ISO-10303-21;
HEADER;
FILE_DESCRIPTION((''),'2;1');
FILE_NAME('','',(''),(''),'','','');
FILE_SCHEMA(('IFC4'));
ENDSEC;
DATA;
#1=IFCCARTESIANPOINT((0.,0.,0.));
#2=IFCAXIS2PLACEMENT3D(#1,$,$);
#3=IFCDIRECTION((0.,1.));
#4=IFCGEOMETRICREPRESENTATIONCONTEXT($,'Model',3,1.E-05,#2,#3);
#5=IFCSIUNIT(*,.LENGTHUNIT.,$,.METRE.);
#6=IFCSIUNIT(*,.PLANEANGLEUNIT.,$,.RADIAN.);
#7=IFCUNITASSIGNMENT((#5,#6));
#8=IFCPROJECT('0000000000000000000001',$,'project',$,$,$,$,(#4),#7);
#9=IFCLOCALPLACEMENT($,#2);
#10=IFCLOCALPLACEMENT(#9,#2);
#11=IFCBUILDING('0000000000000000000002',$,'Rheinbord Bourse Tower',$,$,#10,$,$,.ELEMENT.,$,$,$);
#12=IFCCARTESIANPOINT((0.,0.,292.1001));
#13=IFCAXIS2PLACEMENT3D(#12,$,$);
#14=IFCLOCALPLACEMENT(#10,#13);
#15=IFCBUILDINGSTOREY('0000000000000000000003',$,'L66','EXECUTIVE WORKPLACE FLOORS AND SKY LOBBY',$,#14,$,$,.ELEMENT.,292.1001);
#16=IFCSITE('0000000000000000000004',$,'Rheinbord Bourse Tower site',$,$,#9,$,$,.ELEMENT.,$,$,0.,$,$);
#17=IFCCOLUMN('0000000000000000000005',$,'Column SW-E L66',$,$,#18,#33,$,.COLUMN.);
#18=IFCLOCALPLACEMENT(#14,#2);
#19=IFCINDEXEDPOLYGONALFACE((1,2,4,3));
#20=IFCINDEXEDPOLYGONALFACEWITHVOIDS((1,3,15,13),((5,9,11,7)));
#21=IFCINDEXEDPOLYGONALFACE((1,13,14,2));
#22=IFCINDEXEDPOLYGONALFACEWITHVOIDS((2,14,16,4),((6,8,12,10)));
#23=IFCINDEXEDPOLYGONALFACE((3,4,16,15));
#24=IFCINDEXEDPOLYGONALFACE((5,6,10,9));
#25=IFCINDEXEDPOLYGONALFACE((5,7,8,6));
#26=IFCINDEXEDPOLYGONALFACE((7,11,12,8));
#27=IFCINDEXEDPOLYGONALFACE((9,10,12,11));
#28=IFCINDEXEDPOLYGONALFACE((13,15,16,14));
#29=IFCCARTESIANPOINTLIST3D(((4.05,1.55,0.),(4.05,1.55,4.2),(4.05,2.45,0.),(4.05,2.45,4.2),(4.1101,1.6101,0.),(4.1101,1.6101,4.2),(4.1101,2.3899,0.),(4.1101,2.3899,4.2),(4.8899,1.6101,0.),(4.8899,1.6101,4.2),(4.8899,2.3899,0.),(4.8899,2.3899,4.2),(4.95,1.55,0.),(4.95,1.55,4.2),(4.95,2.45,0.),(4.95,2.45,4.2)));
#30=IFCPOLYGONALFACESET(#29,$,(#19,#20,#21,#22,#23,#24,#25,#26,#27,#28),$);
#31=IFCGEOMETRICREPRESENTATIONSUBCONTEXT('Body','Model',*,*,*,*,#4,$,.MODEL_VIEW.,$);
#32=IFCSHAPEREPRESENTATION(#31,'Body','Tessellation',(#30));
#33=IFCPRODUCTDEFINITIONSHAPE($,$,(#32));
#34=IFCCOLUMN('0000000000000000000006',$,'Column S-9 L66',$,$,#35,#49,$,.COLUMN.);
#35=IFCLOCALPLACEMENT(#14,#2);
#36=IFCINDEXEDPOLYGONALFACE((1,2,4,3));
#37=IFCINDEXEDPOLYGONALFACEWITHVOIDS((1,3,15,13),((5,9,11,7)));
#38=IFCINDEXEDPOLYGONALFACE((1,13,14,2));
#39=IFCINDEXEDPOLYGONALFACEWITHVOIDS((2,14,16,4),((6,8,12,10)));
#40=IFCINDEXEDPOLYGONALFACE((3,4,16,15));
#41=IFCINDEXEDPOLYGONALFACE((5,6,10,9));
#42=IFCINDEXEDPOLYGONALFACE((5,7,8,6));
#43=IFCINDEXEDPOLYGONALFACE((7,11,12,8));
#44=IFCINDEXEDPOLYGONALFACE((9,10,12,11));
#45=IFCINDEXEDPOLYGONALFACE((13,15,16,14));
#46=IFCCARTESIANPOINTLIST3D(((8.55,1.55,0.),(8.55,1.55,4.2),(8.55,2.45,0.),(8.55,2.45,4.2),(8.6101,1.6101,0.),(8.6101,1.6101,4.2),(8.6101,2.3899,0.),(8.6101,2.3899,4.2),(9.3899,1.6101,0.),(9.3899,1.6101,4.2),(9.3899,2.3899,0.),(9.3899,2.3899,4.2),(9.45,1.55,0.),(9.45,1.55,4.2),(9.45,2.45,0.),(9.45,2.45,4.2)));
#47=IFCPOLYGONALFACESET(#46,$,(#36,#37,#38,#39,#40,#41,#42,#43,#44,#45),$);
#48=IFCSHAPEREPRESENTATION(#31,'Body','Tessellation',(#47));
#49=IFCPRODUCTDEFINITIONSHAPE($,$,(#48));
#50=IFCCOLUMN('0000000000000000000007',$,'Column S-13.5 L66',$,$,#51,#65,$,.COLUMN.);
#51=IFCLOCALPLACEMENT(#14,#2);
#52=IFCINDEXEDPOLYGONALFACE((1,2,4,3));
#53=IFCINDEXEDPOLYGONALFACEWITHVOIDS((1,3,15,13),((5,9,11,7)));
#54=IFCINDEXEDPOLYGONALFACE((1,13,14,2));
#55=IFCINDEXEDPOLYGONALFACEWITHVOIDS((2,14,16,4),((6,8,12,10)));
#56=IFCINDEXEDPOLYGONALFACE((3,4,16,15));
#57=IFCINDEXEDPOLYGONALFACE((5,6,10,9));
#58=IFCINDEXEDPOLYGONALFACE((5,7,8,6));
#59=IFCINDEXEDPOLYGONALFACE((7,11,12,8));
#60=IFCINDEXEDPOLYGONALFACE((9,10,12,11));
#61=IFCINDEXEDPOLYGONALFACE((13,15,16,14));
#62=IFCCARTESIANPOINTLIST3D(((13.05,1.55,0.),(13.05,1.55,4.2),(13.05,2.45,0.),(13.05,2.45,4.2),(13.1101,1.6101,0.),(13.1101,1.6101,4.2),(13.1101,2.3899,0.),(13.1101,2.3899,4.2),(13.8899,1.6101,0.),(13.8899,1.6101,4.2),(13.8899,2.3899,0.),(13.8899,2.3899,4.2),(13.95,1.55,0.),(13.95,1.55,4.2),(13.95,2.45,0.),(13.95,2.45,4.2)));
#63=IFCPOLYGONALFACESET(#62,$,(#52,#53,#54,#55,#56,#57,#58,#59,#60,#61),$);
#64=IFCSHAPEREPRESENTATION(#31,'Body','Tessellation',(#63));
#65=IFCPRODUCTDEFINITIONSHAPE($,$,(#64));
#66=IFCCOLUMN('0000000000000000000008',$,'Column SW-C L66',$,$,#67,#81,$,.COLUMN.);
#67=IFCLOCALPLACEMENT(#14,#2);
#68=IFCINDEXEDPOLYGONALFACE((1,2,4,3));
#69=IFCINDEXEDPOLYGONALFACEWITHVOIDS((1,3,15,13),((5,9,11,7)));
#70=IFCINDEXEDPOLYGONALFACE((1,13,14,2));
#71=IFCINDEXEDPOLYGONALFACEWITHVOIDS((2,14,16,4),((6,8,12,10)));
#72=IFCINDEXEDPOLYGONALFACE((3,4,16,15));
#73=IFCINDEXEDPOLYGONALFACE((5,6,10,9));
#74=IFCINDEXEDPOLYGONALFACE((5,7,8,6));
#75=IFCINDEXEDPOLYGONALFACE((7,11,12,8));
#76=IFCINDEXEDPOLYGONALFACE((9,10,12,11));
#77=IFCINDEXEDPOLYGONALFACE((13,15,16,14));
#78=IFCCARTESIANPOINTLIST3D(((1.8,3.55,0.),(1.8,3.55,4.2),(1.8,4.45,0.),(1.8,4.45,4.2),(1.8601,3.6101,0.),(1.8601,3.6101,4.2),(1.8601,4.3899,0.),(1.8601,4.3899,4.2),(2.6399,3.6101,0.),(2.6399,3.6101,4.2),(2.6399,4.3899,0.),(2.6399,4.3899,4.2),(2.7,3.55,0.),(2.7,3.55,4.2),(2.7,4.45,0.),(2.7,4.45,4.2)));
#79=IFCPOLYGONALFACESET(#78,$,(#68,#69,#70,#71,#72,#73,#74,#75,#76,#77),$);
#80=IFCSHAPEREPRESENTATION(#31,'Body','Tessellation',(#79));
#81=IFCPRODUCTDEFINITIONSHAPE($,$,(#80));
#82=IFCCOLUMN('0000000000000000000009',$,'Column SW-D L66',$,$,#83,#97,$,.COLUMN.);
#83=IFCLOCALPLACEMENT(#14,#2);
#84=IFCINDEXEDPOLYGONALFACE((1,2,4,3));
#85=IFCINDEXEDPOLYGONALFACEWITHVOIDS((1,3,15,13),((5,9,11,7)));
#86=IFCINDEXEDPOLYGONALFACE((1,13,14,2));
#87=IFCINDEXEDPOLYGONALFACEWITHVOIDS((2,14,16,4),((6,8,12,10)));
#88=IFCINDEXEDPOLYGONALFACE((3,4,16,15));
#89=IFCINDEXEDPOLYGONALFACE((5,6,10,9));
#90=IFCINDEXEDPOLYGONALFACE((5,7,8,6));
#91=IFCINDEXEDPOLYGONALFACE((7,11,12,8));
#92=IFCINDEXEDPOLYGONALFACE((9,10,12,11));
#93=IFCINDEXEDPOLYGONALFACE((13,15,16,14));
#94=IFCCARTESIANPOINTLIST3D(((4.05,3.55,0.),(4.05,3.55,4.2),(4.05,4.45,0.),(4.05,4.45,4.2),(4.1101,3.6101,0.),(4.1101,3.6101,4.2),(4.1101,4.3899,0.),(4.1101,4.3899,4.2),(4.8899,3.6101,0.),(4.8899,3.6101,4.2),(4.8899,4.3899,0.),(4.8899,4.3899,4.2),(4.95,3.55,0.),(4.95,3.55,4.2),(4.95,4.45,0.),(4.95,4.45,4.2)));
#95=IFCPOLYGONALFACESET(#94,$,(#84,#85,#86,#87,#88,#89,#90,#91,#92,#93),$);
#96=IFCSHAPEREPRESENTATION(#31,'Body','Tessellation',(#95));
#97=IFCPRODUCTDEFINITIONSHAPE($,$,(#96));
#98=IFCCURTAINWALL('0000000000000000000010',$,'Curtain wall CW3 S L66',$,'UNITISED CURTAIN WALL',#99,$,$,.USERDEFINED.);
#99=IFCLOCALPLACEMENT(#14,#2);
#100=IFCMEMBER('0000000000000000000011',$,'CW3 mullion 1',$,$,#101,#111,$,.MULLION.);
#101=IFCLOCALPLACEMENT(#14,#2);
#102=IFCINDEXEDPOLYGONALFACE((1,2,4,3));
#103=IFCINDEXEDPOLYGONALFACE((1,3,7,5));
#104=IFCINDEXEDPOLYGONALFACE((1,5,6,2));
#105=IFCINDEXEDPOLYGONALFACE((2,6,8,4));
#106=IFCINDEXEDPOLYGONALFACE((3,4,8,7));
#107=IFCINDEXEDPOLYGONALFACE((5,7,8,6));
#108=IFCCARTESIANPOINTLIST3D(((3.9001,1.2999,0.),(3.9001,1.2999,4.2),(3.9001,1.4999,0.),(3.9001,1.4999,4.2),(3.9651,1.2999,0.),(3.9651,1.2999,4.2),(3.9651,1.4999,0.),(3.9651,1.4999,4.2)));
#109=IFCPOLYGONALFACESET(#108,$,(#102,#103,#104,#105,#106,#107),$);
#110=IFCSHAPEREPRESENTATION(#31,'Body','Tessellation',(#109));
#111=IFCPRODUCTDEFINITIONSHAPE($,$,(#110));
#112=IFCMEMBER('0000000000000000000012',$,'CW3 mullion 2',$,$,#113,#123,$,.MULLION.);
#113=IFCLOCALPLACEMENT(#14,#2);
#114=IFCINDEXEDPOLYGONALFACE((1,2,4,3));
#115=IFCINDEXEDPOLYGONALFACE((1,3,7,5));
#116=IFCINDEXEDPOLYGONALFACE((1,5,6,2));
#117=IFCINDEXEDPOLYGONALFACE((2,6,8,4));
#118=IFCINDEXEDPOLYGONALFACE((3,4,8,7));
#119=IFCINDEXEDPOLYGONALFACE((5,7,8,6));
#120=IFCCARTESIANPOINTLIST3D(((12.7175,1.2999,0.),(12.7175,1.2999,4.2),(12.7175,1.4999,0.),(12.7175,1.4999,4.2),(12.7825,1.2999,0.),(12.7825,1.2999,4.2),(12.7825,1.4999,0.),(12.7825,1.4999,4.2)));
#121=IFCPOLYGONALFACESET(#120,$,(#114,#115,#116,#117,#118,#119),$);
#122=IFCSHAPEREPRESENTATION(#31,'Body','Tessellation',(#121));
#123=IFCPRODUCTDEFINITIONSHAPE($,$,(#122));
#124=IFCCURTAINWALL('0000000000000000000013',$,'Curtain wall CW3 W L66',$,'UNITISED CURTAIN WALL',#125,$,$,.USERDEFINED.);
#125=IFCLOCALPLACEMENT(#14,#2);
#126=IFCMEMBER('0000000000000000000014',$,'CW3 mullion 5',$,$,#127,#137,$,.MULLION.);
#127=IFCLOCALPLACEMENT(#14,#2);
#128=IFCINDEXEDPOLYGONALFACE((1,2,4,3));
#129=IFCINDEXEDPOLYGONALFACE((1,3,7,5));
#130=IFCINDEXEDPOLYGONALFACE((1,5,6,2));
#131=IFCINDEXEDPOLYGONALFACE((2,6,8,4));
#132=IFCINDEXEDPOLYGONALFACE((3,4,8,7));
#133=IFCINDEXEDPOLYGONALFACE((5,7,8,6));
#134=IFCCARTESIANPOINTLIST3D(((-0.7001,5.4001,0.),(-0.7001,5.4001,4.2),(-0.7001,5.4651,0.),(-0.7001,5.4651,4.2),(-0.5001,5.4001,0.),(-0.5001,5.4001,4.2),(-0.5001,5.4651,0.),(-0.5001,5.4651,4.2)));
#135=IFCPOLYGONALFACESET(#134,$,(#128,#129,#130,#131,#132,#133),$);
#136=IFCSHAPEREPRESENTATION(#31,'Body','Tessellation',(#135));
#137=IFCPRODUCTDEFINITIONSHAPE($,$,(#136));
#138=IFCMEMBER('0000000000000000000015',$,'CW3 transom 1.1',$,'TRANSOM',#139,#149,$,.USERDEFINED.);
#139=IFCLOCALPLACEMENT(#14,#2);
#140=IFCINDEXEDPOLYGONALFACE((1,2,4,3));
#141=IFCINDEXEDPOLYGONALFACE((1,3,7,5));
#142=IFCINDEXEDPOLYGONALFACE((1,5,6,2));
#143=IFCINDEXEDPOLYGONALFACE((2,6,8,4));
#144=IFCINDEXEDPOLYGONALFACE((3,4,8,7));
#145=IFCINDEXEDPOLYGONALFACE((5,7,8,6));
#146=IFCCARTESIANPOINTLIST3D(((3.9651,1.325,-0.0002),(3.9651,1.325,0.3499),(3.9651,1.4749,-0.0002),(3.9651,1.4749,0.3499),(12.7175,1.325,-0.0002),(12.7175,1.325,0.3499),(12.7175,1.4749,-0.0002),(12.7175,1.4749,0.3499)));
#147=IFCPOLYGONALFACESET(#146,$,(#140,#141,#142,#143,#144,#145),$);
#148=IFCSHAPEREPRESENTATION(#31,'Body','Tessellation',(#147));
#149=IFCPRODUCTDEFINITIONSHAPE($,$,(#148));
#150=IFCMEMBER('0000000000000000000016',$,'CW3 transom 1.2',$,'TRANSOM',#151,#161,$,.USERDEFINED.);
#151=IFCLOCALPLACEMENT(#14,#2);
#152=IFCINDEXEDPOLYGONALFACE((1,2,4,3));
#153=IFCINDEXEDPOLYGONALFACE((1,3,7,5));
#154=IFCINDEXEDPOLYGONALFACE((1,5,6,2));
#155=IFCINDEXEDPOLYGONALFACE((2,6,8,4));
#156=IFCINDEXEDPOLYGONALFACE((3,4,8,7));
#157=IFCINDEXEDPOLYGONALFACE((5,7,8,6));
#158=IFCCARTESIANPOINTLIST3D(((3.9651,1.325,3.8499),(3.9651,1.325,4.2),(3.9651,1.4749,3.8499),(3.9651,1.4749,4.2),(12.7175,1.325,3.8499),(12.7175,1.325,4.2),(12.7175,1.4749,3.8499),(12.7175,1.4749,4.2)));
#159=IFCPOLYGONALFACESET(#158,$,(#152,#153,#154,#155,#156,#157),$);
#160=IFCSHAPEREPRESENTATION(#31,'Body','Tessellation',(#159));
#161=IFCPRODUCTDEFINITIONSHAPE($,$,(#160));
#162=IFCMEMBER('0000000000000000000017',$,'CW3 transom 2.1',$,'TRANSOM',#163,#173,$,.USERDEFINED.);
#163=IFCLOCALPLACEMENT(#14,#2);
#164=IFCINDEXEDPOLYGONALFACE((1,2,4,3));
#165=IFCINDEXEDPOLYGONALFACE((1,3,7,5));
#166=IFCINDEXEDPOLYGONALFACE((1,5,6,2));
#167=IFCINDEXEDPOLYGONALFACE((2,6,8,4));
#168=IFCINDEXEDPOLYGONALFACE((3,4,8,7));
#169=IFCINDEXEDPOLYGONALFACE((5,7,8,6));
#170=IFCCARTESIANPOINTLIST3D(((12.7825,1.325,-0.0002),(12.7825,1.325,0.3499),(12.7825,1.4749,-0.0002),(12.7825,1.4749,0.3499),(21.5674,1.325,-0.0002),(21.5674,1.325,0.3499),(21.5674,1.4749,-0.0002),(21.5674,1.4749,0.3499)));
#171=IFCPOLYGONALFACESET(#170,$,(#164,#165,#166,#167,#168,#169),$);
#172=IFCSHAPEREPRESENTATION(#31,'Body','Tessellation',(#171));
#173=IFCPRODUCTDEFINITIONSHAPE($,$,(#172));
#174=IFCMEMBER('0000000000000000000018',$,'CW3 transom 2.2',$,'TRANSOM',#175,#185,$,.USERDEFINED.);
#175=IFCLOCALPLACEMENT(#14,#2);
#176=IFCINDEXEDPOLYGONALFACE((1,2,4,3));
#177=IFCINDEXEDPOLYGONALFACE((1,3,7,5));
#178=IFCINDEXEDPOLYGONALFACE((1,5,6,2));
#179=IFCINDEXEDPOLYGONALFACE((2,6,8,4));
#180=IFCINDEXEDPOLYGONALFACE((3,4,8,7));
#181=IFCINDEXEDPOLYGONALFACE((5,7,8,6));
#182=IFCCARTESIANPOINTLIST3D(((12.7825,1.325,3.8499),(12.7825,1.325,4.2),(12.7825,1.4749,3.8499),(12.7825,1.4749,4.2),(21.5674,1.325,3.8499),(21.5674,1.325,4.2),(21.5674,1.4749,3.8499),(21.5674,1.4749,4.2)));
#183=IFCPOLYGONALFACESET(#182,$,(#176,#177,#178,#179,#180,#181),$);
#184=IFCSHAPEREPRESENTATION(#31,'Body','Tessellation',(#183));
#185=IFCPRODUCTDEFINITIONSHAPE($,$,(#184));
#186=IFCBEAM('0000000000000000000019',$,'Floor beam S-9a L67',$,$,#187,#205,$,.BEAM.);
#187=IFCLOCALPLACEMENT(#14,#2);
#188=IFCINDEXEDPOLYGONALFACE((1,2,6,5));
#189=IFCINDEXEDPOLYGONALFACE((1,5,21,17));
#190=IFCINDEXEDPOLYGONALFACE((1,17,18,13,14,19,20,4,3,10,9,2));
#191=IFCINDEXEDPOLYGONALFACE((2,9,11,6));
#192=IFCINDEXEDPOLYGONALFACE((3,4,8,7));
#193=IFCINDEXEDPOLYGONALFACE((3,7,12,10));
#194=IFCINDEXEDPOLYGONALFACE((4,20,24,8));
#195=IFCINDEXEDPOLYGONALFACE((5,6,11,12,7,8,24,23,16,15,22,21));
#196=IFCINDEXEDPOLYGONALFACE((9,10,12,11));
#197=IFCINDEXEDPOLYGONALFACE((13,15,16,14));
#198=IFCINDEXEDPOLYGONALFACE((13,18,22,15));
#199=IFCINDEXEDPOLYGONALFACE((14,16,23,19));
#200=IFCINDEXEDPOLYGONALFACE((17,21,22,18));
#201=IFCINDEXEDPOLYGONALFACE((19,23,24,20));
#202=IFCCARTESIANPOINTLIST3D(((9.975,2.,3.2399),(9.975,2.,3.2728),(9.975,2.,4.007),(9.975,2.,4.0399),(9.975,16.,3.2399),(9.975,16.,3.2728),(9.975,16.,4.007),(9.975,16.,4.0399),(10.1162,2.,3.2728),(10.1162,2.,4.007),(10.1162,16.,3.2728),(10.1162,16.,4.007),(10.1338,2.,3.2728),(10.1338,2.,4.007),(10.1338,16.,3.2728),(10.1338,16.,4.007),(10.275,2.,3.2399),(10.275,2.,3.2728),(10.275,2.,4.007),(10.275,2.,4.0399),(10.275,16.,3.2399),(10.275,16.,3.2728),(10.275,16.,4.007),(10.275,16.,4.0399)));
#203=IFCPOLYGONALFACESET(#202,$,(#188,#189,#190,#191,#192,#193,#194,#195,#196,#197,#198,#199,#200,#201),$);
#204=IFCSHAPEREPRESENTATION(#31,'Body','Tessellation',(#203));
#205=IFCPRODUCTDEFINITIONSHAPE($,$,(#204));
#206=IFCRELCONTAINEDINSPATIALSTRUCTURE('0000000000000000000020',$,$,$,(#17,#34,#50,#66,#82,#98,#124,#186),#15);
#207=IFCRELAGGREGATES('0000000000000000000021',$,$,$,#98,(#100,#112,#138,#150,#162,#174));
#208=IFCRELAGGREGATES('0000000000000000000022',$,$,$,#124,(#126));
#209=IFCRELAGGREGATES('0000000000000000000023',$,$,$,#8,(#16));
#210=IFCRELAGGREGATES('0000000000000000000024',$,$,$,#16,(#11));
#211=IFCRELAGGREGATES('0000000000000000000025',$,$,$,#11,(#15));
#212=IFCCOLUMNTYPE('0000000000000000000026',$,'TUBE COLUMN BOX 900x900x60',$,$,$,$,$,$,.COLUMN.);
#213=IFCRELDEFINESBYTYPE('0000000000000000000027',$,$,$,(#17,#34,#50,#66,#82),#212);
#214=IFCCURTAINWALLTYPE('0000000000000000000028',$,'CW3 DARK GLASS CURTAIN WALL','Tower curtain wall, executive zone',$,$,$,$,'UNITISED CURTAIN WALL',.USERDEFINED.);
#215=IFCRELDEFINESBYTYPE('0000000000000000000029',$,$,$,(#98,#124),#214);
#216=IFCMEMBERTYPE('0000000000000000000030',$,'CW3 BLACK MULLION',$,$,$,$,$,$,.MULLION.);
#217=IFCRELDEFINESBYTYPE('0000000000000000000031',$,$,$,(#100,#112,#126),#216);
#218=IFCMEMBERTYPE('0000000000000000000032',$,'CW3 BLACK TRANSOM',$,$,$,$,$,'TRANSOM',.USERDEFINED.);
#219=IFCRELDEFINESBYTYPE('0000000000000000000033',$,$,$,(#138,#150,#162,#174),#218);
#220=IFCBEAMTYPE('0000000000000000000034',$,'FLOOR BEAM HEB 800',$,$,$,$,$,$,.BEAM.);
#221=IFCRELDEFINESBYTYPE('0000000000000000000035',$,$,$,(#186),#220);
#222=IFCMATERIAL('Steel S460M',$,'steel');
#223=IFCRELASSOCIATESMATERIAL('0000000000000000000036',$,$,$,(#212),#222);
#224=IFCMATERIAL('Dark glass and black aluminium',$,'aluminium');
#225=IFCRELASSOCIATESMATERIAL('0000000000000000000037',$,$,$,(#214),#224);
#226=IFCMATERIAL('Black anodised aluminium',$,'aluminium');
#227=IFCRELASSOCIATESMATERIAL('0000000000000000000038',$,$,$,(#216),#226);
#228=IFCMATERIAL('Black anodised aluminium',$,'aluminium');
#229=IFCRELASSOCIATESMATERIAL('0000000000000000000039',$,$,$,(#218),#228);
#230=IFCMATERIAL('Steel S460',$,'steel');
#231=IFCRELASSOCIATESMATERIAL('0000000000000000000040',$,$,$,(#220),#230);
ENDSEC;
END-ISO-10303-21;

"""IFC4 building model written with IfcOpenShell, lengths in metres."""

from ifc_helpers import new_model, si_unit, direction, frame, origin, origin_2d, place, context, subcontext, project, spatial, rectangle, hollow_rectangle, i_section, extrude, material, material_profile, profile_set, type_object, element, aggregate, save


model = new_model("IFC4")

# Units and contexts
model_context = context("Model", 3, precision=1e-05, world=origin(), true_north=direction((0.0, 1.0)))
body_context = subcontext(model_context, "Body", "Model", "MODEL_VIEW")
ifc_project = project(units=[si_unit("LENGTHUNIT", "METRE"), si_unit("PLANEANGLEUNIT", "RADIAN")], contexts=[model_context])

# Site, building, storey
site_placement = place(None, origin())
site = spatial("IfcSite", under=ifc_project, at=site_placement, Name="Rheinbord Bourse Tower site", CompositionType="ELEMENT", RefElevation=0.0)
building_placement = place(site_placement, origin())
building = spatial("IfcBuilding", under=site, at=building_placement, Name="Rheinbord Bourse Tower", CompositionType="ELEMENT")
storey_placement = place(building_placement, frame((0.0, 0.0, 292.1001)))
storey = spatial("IfcBuildingStorey", under=building, at=storey_placement, Name="L66", Description="EXECUTIVE WORKPLACE FLOORS AND SKY LOBBY", CompositionType="ELEMENT", Elevation=292.1001)

# Columns
ifc_material_1 = material(Name="Steel S460M", Category="steel")
ifc_material_profile_1 = material_profile(ifc_material_1, hollow_rectangle(XDim=0.8999, YDim=0.8999, WallThickness=0.0601, at=origin_2d()), Name="BOX 900x900x60")
ifc_profile_set_1 = profile_set([ifc_material_profile_1], Name="Steel S460M")
column_type = type_object("IfcColumnType", Name="TUBE COLUMN BOX 900x900x60", PredefinedType="COLUMN", material=ifc_profile_set_1)
for number, where, z_axis, x_axis, name in (
    (1, (4.5, 2.0, 0.0), (0.0, 0.0, 1.0), (0.0, 1.0, 0.0), "Column SW-E L66"),
    (2, (9.0, 2.0, 0.0), (0.0, 0.0, 1.0), (0.0, 1.0, 0.0), "Column S-9 L66"),
    (3, (13.5, 2.0, 0.0), (0.0, 0.0, 1.0), (0.0, 1.0, 0.0), "Column S-13.5 L66"),
    (4, (2.25, 4.0, 0.0), (0.0, 0.0, 1.0), (1.0, 0.0, 0.0), "Column SW-C L66"),
    (5, (4.5, 4.0, 0.0), (0.0, 0.0, 1.0), (0.0, 1.0, 0.0), "Column SW-D L66"),
):
    element("IfcColumn", number, at=place(storey_placement, frame(where, z_axis=z_axis, x_axis=x_axis)), inside=storey, type_object=column_type, Name=name, PredefinedType="COLUMN", context=body_context, shape_type="SweptSolid", body=[
        extrude(hollow_rectangle(XDim=0.8999, YDim=0.8999, WallThickness=0.0601, at=origin_2d()), origin(), (0.0, 0.0, 1.0), 4.2),
    ])

# Curtain wall, members
ifc_material_2 = material(Name="Dark glass and black aluminium", Category="aluminium")
curtain_wall_type = type_object("IfcCurtainWallType", Name="CW3 DARK GLASS CURTAIN WALL", Description="Tower curtain wall, executive zone", ElementType="UNITISED CURTAIN WALL", PredefinedType="USERDEFINED", material=ifc_material_2)
curtain_wall_1_placement = place(storey_placement, origin())
curtain_wall_1 = element("IfcCurtainWall", 6, at=curtain_wall_1_placement, inside=storey, type_object=curtain_wall_type, Name="Curtain wall CW3 S L66", ObjectType="UNITISED CURTAIN WALL", PredefinedType="USERDEFINED")
ifc_material_3 = material(Name="Black anodised aluminium", Category="aluminium")
ifc_material_profile_2 = material_profile(ifc_material_3, rectangle(XDim=0.2, YDim=0.0649, at=origin_2d()), Name="CW3 MULLION 65x200")
ifc_profile_set_2 = profile_set([ifc_material_profile_2], Name="Black anodised aluminium")
member_type_1 = type_object("IfcMemberType", Name="CW3 BLACK MULLION", PredefinedType="MULLION", material=ifc_profile_set_2)
member_1_placement = place(storey_placement, frame((3.9326, 1.3999, 0.0), z_axis=(0.0, 0.0, 1.0), x_axis=(0.0, 1.0, 0.0)))
member_1 = element("IfcMember", 7, at=member_1_placement, type_object=member_type_1, Name="CW3 mullion 1", PredefinedType="MULLION", context=body_context, shape_type="SweptSolid", body=[
    extrude(rectangle(XDim=0.2, YDim=0.0649, at=origin_2d()), origin(), (0.0, 0.0, 1.0), 4.2),
])
member_2_placement = place(storey_placement, frame((12.75, 1.3999, 0.0), z_axis=(0.0, 0.0, 1.0), x_axis=(0.0, 1.0, 0.0)))
member_2 = element("IfcMember", 8, at=member_2_placement, type_object=member_type_1, Name="CW3 mullion 2", PredefinedType="MULLION", context=body_context, shape_type="SweptSolid", body=[
    extrude(rectangle(XDim=0.2, YDim=0.0649, at=origin_2d()), origin(), (0.0, 0.0, 1.0), 4.2),
])

# Curtain wall, member
curtain_wall_2_placement = place(storey_placement, origin())
curtain_wall_2 = element("IfcCurtainWall", 9, at=curtain_wall_2_placement, inside=storey, type_object=curtain_wall_type, Name="Curtain wall CW3 W L66", ObjectType="UNITISED CURTAIN WALL", PredefinedType="USERDEFINED")
member_3_placement = place(storey_placement, frame((-0.6001, 5.4326, 0.0), z_axis=(0.0, 0.0, 1.0), x_axis=(1.0, 0.0, 0.0)))
member_3 = element("IfcMember", 10, at=member_3_placement, type_object=member_type_1, Name="CW3 mullion 5", PredefinedType="MULLION", context=body_context, shape_type="SweptSolid", body=[
    extrude(rectangle(XDim=0.2, YDim=0.0649, at=origin_2d()), origin(), (0.0, 0.0, 1.0), 4.2),
])

# Members
ifc_material_4 = material(Name="Black anodised aluminium", Category="aluminium")
ifc_material_profile_3 = material_profile(ifc_material_4, rectangle(XDim=0.1499, YDim=0.3501, at=origin_2d()), Name="CW3 TRANSOM 350x150")
ifc_profile_set_3 = profile_set([ifc_material_profile_3], Name="Black anodised aluminium")
member_type_2 = type_object("IfcMemberType", Name="CW3 BLACK TRANSOM", ElementType="TRANSOM", PredefinedType="USERDEFINED", material=ifc_profile_set_3)
member_4_placement = place(storey_placement, frame((3.9651, 1.3999, 0.1748), z_axis=(1.0, 0.0, 0.0), x_axis=(0.0, 1.0, 0.0)))
member_4 = element("IfcMember", 11, at=member_4_placement, type_object=member_type_2, Name="CW3 transom 1.1", ObjectType="TRANSOM", PredefinedType="USERDEFINED", context=body_context, shape_type="SweptSolid", body=[
    extrude(rectangle(XDim=0.1499, YDim=0.3501, at=origin_2d()), origin(), (0.0, 0.0, 1.0), 8.7524),
])
member_5_placement = place(storey_placement, frame((3.9651, 1.3999, 4.0249), z_axis=(1.0, 0.0, 0.0), x_axis=(0.0, 1.0, 0.0)))
member_5 = element("IfcMember", 12, at=member_5_placement, type_object=member_type_2, Name="CW3 transom 1.2", ObjectType="TRANSOM", PredefinedType="USERDEFINED", context=body_context, shape_type="SweptSolid", body=[
    extrude(rectangle(XDim=0.1499, YDim=0.3501, at=origin_2d()), origin(), (0.0, 0.0, 1.0), 8.7524),
])
member_6_placement = place(storey_placement, frame((12.7825, 1.3999, 0.1748), z_axis=(1.0, 0.0, 0.0), x_axis=(0.0, 1.0, 0.0)))
member_6 = element("IfcMember", 13, at=member_6_placement, type_object=member_type_2, Name="CW3 transom 2.1", ObjectType="TRANSOM", PredefinedType="USERDEFINED", context=body_context, shape_type="SweptSolid", body=[
    extrude(rectangle(XDim=0.1499, YDim=0.3501, at=origin_2d()), origin(), (0.0, 0.0, 1.0), 8.7849),
])
member_7_placement = place(storey_placement, frame((12.7825, 1.3999, 4.0249), z_axis=(1.0, 0.0, 0.0), x_axis=(0.0, 1.0, 0.0)))
member_7 = element("IfcMember", 14, at=member_7_placement, type_object=member_type_2, Name="CW3 transom 2.2", ObjectType="TRANSOM", PredefinedType="USERDEFINED", context=body_context, shape_type="SweptSolid", body=[
    extrude(rectangle(XDim=0.1499, YDim=0.3501, at=origin_2d()), origin(), (0.0, 0.0, 1.0), 8.7849),
])

# Beam
ifc_material_5 = material(Name="Steel S460", Category="steel")
ifc_material_profile_4 = material_profile(ifc_material_5, i_section(OverallWidth=0.3, OverallDepth=0.8, WebThickness=0.0176, FlangeThickness=0.033, at=origin_2d()), Name="HEB 800")
ifc_profile_set_4 = profile_set([ifc_material_profile_4], Name="Steel S460")
beam_type_1 = type_object("IfcBeamType", Name="FLOOR BEAM HEB 800", PredefinedType="BEAM", material=ifc_profile_set_4)
for number, where, z_axis, x_axis, name in (
    (15, (10.125, 2.0, 3.6399), (0.0, 1.0, 0.0), (-1.0, 0.0, 0.0), "Floor beam S-9a L67"),
):
    element("IfcBeam", number, at=place(storey_placement, frame(where, z_axis=z_axis, x_axis=x_axis)), inside=storey, type_object=beam_type_1, Name=name, PredefinedType="BEAM", context=body_context, shape_type="SweptSolid", body=[
        extrude(i_section(OverallWidth=0.3, OverallDepth=0.8, WebThickness=0.0176, FlangeThickness=0.033, at=origin_2d()), origin(), (0.0, 0.0, 1.0), 14.0),
    ])

aggregate(curtain_wall_1, [member_1, member_2, member_4, member_5, member_6, member_7])
aggregate(curtain_wall_2, [member_3])

save(model, "model.ifc")
